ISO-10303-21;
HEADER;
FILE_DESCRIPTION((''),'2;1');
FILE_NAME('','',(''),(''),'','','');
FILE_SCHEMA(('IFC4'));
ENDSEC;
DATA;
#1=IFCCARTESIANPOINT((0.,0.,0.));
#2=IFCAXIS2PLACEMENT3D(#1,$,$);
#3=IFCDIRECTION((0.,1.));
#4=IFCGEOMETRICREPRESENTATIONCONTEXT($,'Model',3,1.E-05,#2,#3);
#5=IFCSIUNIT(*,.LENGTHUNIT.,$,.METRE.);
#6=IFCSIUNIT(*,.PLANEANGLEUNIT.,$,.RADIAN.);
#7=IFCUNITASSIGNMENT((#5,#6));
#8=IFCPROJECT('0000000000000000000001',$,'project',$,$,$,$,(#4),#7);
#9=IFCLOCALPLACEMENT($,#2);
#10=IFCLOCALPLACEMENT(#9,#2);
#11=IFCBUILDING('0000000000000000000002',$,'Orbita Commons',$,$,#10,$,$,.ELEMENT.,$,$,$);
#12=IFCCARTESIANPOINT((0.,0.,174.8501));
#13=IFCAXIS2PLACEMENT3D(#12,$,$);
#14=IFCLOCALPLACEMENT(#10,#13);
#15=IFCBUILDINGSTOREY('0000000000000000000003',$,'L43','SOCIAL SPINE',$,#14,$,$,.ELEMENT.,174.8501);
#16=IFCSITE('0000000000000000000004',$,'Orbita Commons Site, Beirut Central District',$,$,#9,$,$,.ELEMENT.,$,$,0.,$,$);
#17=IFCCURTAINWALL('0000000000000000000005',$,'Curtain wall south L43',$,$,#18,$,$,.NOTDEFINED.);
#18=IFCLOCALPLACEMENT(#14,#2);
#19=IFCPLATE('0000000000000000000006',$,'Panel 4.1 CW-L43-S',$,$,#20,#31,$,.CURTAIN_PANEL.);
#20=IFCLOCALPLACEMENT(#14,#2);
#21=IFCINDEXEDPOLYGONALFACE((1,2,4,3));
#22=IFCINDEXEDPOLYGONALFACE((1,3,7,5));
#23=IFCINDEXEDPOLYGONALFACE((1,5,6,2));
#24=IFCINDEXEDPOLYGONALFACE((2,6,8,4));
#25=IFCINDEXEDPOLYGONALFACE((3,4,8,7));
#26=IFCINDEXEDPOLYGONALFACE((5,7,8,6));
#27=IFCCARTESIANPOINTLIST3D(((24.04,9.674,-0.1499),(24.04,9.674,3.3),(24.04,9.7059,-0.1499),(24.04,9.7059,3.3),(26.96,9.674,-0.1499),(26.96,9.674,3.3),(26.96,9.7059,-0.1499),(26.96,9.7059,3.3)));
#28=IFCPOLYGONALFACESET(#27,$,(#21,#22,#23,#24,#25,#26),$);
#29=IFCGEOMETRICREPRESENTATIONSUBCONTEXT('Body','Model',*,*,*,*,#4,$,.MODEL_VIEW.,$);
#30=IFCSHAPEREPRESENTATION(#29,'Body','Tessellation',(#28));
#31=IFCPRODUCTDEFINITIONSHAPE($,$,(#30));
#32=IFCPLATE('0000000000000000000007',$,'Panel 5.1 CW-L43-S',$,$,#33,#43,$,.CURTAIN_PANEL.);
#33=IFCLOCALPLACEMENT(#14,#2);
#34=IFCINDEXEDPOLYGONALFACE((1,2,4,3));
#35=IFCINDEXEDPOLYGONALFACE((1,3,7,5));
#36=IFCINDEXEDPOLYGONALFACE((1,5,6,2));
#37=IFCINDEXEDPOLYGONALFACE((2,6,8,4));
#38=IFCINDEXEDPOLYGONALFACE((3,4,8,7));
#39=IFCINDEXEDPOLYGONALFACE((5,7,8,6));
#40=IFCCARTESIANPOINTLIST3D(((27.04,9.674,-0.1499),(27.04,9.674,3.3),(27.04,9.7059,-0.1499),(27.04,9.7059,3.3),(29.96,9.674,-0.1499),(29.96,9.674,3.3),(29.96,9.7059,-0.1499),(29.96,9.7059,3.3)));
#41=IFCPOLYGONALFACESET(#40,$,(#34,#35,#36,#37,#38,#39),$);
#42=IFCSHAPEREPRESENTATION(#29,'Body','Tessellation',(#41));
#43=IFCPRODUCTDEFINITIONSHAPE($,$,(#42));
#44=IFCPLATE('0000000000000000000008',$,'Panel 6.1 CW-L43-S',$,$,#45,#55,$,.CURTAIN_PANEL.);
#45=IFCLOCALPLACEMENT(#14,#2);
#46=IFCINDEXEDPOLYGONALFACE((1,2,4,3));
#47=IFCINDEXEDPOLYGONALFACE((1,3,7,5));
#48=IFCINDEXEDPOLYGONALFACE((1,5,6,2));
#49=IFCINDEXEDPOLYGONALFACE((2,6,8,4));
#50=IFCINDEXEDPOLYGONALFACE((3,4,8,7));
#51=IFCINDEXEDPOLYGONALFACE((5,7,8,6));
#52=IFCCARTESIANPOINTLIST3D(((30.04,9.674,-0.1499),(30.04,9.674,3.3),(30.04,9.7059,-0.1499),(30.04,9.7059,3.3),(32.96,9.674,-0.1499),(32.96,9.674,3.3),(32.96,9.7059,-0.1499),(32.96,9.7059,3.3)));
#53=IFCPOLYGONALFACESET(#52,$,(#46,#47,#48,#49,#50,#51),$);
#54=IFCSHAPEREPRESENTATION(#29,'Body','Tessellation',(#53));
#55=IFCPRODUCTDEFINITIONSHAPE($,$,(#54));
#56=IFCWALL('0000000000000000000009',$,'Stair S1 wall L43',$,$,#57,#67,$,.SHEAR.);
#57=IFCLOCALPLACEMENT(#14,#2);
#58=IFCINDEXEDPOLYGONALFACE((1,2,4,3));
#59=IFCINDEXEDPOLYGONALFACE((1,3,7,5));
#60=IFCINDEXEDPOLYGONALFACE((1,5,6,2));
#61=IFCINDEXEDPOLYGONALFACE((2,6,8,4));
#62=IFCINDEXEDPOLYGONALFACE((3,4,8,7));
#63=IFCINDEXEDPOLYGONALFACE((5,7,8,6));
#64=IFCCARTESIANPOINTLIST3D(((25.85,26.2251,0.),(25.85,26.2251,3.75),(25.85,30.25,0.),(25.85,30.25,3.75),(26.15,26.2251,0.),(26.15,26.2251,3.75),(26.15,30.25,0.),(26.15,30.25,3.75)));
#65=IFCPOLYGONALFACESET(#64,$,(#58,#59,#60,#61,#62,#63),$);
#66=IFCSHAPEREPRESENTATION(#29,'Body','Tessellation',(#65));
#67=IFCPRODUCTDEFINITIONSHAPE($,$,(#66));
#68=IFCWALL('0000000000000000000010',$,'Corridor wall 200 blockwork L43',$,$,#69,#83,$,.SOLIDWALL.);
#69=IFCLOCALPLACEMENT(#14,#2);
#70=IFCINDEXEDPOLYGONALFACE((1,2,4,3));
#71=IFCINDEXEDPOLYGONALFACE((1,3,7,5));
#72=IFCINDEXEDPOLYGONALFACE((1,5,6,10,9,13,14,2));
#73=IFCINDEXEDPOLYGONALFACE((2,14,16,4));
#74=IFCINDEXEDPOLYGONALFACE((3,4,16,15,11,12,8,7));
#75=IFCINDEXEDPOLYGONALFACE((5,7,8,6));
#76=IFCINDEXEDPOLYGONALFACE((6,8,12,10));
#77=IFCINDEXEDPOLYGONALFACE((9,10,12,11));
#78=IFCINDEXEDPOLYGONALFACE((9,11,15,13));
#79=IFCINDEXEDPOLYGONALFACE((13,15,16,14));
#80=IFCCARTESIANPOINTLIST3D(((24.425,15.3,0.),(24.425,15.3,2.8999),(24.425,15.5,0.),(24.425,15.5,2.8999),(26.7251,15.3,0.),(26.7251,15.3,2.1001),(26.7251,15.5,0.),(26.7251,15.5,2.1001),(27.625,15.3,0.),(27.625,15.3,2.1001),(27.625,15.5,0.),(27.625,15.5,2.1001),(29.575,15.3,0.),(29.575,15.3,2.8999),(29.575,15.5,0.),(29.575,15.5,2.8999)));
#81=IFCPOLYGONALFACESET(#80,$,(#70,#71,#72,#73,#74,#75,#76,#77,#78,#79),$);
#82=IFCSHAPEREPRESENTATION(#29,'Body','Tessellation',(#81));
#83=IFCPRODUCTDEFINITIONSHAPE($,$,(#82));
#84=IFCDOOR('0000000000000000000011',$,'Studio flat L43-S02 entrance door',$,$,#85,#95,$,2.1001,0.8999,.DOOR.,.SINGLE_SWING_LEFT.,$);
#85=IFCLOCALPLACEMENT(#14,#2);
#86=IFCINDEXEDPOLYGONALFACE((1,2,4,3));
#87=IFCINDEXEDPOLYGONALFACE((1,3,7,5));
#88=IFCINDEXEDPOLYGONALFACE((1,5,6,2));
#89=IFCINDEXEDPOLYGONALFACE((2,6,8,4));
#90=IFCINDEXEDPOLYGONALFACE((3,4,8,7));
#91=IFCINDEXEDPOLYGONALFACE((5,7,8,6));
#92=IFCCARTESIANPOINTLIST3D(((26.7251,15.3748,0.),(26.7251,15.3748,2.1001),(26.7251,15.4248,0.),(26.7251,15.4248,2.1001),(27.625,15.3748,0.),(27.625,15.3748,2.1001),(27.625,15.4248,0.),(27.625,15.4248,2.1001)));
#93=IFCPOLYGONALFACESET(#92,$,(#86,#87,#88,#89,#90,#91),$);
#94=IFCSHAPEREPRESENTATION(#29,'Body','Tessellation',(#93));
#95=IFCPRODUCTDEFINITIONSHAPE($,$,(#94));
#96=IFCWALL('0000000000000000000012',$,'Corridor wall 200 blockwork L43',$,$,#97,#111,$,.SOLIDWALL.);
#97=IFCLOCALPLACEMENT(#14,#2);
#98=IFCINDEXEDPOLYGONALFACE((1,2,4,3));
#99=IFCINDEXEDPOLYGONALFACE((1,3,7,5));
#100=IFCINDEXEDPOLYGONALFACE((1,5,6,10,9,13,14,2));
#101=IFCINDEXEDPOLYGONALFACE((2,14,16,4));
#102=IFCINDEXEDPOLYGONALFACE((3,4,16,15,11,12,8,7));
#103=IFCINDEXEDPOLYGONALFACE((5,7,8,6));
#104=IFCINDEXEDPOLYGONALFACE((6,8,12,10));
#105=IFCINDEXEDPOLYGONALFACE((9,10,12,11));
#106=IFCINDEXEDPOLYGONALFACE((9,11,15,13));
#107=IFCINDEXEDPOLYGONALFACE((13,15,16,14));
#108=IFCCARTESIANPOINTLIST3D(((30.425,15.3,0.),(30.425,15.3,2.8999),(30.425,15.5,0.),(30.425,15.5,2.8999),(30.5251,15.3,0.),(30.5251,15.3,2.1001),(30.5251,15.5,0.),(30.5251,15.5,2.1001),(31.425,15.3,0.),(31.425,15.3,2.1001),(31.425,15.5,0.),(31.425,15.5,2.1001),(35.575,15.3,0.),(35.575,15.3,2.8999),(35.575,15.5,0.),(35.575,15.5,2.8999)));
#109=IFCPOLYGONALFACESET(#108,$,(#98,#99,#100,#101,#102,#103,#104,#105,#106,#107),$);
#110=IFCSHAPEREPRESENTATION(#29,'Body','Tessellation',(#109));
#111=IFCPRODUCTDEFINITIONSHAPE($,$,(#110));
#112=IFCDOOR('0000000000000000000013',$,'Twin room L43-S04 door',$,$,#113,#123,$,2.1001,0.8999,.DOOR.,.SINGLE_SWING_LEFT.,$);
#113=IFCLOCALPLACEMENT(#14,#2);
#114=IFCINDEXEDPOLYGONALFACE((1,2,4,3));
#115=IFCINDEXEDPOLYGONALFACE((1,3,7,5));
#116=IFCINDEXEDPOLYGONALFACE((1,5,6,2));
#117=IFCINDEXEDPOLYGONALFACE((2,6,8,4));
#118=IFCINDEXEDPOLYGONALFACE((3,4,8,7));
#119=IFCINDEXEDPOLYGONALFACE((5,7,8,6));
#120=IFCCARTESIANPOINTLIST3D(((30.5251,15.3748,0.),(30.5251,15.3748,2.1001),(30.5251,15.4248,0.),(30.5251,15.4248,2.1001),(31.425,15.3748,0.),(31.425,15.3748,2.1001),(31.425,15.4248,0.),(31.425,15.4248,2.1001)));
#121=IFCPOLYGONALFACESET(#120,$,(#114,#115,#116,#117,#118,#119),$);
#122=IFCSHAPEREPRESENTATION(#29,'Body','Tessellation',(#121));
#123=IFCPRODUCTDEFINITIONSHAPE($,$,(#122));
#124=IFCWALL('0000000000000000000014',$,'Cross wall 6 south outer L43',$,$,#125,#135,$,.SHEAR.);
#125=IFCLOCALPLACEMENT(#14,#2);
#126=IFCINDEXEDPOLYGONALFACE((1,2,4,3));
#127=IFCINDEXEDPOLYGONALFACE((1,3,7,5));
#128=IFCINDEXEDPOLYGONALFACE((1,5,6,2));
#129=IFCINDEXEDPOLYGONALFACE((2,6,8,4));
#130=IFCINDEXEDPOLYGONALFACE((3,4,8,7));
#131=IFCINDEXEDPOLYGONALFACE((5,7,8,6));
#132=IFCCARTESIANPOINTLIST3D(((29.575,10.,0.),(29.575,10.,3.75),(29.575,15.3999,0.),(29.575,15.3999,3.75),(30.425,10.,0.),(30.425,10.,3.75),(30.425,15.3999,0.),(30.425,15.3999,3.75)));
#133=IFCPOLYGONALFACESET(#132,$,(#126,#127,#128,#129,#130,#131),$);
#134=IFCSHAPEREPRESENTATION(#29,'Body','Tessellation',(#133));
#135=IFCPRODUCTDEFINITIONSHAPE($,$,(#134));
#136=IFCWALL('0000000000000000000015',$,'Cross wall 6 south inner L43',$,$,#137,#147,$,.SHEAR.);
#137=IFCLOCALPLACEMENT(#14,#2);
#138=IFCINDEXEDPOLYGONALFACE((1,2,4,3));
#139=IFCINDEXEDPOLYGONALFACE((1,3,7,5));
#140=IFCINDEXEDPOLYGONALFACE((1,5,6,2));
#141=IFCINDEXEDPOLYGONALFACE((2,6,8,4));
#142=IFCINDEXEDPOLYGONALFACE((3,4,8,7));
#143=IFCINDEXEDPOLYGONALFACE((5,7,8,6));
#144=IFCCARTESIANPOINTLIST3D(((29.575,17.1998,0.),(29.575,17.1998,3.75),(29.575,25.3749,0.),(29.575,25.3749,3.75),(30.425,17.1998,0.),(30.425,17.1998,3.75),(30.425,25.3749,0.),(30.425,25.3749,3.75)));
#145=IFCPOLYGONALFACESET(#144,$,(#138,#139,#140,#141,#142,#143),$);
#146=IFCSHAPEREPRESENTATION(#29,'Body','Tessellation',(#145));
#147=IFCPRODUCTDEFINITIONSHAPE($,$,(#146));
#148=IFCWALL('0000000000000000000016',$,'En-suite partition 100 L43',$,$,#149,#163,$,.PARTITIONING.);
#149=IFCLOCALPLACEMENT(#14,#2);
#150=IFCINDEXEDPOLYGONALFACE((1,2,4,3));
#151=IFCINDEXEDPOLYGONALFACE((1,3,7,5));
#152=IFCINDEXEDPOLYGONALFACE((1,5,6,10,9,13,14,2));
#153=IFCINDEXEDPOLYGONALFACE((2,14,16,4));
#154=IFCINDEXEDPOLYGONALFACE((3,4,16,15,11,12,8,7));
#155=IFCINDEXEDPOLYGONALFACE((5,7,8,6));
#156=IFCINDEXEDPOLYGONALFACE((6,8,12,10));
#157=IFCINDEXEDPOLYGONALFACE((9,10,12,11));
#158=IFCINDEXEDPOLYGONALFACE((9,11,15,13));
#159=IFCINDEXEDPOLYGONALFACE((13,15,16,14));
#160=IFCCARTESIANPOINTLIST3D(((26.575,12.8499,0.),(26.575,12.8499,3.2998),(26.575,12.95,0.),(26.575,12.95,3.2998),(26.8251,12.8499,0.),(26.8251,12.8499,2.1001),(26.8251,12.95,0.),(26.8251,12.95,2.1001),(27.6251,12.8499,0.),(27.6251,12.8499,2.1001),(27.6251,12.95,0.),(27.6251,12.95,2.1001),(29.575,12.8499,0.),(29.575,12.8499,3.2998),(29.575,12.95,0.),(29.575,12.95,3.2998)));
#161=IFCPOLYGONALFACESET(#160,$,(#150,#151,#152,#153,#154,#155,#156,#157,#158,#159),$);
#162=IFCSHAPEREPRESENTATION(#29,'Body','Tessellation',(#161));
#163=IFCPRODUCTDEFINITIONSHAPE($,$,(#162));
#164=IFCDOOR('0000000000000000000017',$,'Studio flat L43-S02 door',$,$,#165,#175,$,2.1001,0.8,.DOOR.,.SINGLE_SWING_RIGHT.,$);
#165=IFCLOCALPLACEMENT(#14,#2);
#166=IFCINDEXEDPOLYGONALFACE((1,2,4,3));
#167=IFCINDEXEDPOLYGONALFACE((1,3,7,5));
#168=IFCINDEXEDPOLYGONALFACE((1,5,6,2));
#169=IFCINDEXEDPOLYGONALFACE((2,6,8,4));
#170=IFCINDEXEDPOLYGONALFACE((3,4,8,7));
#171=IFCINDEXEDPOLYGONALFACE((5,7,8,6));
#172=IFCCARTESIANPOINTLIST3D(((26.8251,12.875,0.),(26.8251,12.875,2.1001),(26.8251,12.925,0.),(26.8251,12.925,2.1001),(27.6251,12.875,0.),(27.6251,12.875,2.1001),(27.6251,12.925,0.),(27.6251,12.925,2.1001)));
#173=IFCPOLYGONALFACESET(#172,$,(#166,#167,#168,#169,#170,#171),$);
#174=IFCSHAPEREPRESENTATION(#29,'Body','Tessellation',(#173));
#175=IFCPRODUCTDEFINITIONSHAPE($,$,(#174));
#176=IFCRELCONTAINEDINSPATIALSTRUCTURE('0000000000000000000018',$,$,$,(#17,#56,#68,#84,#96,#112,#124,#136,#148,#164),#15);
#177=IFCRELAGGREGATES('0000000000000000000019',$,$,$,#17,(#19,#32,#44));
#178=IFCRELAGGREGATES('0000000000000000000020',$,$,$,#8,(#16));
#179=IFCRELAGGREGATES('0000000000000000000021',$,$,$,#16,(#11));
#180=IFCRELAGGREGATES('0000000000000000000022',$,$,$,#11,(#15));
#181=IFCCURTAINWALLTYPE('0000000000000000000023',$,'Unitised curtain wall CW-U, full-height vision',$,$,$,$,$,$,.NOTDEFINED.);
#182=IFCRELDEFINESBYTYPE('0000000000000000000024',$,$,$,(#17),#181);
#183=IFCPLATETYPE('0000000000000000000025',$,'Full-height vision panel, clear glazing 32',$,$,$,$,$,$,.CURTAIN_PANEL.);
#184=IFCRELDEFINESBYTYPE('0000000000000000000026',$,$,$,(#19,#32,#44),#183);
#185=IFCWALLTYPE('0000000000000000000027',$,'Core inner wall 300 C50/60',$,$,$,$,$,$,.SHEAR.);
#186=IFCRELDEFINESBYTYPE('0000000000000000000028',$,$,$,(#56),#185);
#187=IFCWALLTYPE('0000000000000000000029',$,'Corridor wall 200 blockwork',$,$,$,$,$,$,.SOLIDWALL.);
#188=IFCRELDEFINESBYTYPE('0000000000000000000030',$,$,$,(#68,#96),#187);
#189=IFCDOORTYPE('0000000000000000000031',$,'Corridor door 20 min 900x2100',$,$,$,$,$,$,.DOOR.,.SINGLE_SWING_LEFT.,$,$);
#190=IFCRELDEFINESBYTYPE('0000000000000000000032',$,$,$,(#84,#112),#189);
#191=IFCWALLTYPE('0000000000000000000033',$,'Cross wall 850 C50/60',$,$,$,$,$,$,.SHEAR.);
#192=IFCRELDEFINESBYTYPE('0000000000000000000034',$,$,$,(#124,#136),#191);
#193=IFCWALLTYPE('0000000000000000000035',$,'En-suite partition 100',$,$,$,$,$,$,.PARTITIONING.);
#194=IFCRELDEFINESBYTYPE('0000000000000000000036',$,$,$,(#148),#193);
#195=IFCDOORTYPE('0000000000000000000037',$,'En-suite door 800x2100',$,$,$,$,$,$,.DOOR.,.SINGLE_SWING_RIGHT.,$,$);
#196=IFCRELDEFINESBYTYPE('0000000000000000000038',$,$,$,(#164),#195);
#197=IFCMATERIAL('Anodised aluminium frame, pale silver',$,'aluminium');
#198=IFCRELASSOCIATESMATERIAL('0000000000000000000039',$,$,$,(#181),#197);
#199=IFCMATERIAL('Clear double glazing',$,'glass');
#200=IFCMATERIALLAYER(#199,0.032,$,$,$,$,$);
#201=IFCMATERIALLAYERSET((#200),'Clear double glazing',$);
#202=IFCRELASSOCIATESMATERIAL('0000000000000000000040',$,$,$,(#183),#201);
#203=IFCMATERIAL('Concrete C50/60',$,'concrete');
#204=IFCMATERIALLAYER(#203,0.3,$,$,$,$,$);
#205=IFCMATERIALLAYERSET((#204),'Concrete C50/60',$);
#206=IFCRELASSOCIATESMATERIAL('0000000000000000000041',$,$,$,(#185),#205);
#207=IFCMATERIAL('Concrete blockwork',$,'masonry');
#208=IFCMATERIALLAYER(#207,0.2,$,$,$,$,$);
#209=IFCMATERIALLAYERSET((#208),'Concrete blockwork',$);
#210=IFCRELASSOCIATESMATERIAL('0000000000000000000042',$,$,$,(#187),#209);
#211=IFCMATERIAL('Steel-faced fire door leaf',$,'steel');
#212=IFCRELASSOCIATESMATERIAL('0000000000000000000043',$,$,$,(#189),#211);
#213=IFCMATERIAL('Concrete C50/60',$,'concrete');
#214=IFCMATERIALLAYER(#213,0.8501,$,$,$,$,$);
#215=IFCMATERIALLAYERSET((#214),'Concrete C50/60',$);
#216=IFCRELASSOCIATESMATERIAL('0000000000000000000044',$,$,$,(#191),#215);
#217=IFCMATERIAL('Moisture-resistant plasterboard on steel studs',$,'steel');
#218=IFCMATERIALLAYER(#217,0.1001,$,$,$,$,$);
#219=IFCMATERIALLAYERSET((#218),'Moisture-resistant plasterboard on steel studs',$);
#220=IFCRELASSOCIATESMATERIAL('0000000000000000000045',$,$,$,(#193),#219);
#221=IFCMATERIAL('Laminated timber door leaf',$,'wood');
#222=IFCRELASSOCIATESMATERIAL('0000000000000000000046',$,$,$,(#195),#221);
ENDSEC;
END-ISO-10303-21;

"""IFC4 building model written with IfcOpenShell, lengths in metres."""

from ifc_helpers import new_model, si_unit, direction, frame, frame_2d, origin, origin_2d, place, context, subcontext, project, spatial, polyline, rectangle, outline, extrude, material, layer, layer_set, type_object, element, fill, aggregate, save


model = new_model("IFC4")

# Units and contexts
model_context = context("Model", 3, precision=1e-05, world=origin(), true_north=direction((0.0, 1.0)))
body_context = subcontext(model_context, "Body", "Model", "MODEL_VIEW")
ifc_project = project(units=[si_unit("LENGTHUNIT", "METRE"), si_unit("PLANEANGLEUNIT", "RADIAN")], contexts=[model_context])

# Site, building, storey
site_placement = place(None, origin())
site = spatial("IfcSite", under=ifc_project, at=site_placement, Name="Orbita Commons Site, Beirut Central District", CompositionType="ELEMENT", RefElevation=0.0)
building_placement = place(site_placement, origin())
building = spatial("IfcBuilding", under=site, at=building_placement, Name="Orbita Commons", CompositionType="ELEMENT")
storey_placement = place(building_placement, frame((0.0, 0.0, 174.8501)))
storey = spatial("IfcBuildingStorey", under=building, at=storey_placement, Name="L43", Description="SOCIAL SPINE", CompositionType="ELEMENT", Elevation=174.8501)

# Curtain wall
ifc_material_1 = material(Name="Anodised aluminium frame, pale silver", Category="aluminium")
curtain_wall_type = type_object("IfcCurtainWallType", Name="Unitised curtain wall CW-U, full-height vision", PredefinedType="NOTDEFINED", material=ifc_material_1)
curtain_wall_placement = place(storey_placement, origin())
curtain_wall = element("IfcCurtainWall", 1, at=curtain_wall_placement, inside=storey, type_object=curtain_wall_type, Name="Curtain wall south L43", PredefinedType="NOTDEFINED")

# Plates
ifc_material_2 = material(Name="Clear double glazing", Category="glass")
ifc_layer_1 = layer(ifc_material_2, 0.032)
ifc_layer_set_1 = layer_set([ifc_layer_1], Name="Clear double glazing")
plate_type = type_object("IfcPlateType", Name="Full-height vision panel, clear glazing 32", PredefinedType="CURTAIN_PANEL", material=ifc_layer_set_1)
plate_1_placement = place(storey_placement, frame((25.5, 9.6899, -0.1499), z_axis=(0.0, 0.0, 1.0), x_axis=(1.0, 0.0, 0.0)))
plate_1 = element("IfcPlate", 2, at=plate_1_placement, type_object=plate_type, Name="Panel 4.1 CW-L43-S", PredefinedType="CURTAIN_PANEL", context=body_context, shape_type="SweptSolid", body=[
    extrude(rectangle(XDim=2.9199, YDim=0.032, at=origin_2d()), origin(), (0.0, 0.0, 1.0), 3.45),
])
plate_2_placement = place(storey_placement, frame((28.5, 9.6899, -0.1499), z_axis=(0.0, 0.0, 1.0), x_axis=(1.0, 0.0, 0.0)))
plate_2 = element("IfcPlate", 3, at=plate_2_placement, type_object=plate_type, Name="Panel 5.1 CW-L43-S", PredefinedType="CURTAIN_PANEL", context=body_context, shape_type="SweptSolid", body=[
    extrude(rectangle(XDim=2.9199, YDim=0.032, at=origin_2d()), origin(), (0.0, 0.0, 1.0), 3.45),
])
plate_3_placement = place(storey_placement, frame((31.5, 9.6899, -0.1499), z_axis=(0.0, 0.0, 1.0), x_axis=(1.0, 0.0, 0.0)))
plate_3 = element("IfcPlate", 4, at=plate_3_placement, type_object=plate_type, Name="Panel 6.1 CW-L43-S", PredefinedType="CURTAIN_PANEL", context=body_context, shape_type="SweptSolid", body=[
    extrude(rectangle(XDim=2.9199, YDim=0.032, at=origin_2d()), origin(), (0.0, 0.0, 1.0), 3.45),
])
aggregate(curtain_wall, [plate_1, plate_2, plate_3])

# Wall
ifc_material_3 = material(Name="Concrete C50/60", Category="concrete")
ifc_layer_2 = layer(ifc_material_3, 0.3)
ifc_layer_set_2 = layer_set([ifc_layer_2], Name="Concrete C50/60")
wall_type_1 = type_object("IfcWallType", Name="Core inner wall 300 C50/60", PredefinedType="SHEAR", material=ifc_layer_set_2)
wall_1_placement = place(storey_placement, frame((26.0, 26.2251, 0.0), z_axis=(0.0, 0.0, 1.0), x_axis=(0.0, 1.0, 0.0)))
element("IfcWall", 5, at=wall_1_placement, inside=storey, type_object=wall_type_1, Name="Stair S1 wall L43", PredefinedType="SHEAR", context=body_context, shape_type="SweptSolid", body=[
    extrude(rectangle(XDim=4.0249, YDim=0.3, at=frame_2d((2.0125, 0.0))), origin(), (0.0, 0.0, 1.0), 3.75),
])

# Walls, openings, doors
ifc_material_4 = material(Name="Concrete blockwork", Category="masonry")
ifc_layer_3 = layer(ifc_material_4, 0.2)
ifc_layer_set_3 = layer_set([ifc_layer_3], Name="Concrete blockwork")
wall_type_2 = type_object("IfcWallType", Name="Corridor wall 200 blockwork", PredefinedType="SOLIDWALL", material=ifc_layer_set_3)
wall_2_placement = place(storey_placement, frame((24.425, 15.3999, 0.0), z_axis=(0.0, 0.0, 1.0), x_axis=(1.0, 0.0, 0.0)))
wall_2 = element("IfcWall", 6, at=wall_2_placement, inside=storey, type_object=wall_type_2, Name="Corridor wall 200 blockwork L43", PredefinedType="SOLIDWALL", context=body_context, shape_type="SweptSolid", body=[
    extrude(outline(polyline([(0.0, 0.0), (5.1499, 0.0), (5.1499, 2.8999), (0.0, 2.8999), (0.0, 0.0)])), frame((0.0, 0.1001, 0.0), z_axis=(0.0, -1.0, 0.0), x_axis=(1.0, 0.0, 0.0)), (0.0, 0.0, 1.0), 0.2),
])
opening_1_placement = place(wall_2_placement, frame((2.3, 0.0, 0.0)))
opening_1 = element("IfcOpeningElement", 7, at=opening_1_placement, cuts=wall_2, PredefinedType="OPENING", context=body_context, shape_type="SweptSolid", body=[
    extrude(rectangle(XDim=0.8999, YDim=2.1001, at=frame_2d((0.45, 1.05))), frame((0.0, 0.1099, 0.0), z_axis=(0.0, -1.0, 0.0), x_axis=(1.0, 0.0, 0.0)), (0.0, 0.0, 1.0), 0.22),
])
ifc_material_5 = material(Name="Steel-faced fire door leaf", Category="steel")
door_type_1 = type_object("IfcDoorType", Name="Corridor door 20 min 900x2100", OperationType="SINGLE_SWING_LEFT", PredefinedType="DOOR", material=ifc_material_5)
door_1_placement = place(opening_1_placement, origin())
door_1 = element("IfcDoor", 8, at=door_1_placement, inside=storey, type_object=door_type_1, Name="Studio flat L43-S02 entrance door", OperationType="SINGLE_SWING_LEFT", OverallHeight=2.1001, OverallWidth=0.8999, PredefinedType="DOOR", context=body_context, shape_type="SweptSolid", body=[
    extrude(rectangle(XDim=0.8999, YDim=2.1001, at=frame_2d((0.45, 1.05))), frame((0.0, 0.0249, 0.0), z_axis=(0.0, -1.0, 0.0), x_axis=(1.0, 0.0, 0.0)), (0.0, 0.0, 1.0), 0.05),
])
fill(opening_1, door_1)
wall_3_placement = place(storey_placement, frame((30.425, 15.3999, 0.0), z_axis=(0.0, 0.0, 1.0), x_axis=(1.0, 0.0, 0.0)))
wall_3 = element("IfcWall", 9, at=wall_3_placement, inside=storey, type_object=wall_type_2, Name="Corridor wall 200 blockwork L43", PredefinedType="SOLIDWALL", context=body_context, shape_type="SweptSolid", body=[
    extrude(outline(polyline([(0.0, 0.0), (5.1499, 0.0), (5.1499, 2.8999), (0.0, 2.8999), (0.0, 0.0)])), frame((0.0, 0.1001, 0.0), z_axis=(0.0, -1.0, 0.0), x_axis=(1.0, 0.0, 0.0)), (0.0, 0.0, 1.0), 0.2),
])
opening_2_placement = place(wall_3_placement, frame((0.1001, 0.0, 0.0)))
opening_2 = element("IfcOpeningElement", 10, at=opening_2_placement, cuts=wall_3, PredefinedType="OPENING", context=body_context, shape_type="SweptSolid", body=[
    extrude(rectangle(XDim=0.8999, YDim=2.1001, at=frame_2d((0.45, 1.05))), frame((0.0, 0.1099, 0.0), z_axis=(0.0, -1.0, 0.0), x_axis=(1.0, 0.0, 0.0)), (0.0, 0.0, 1.0), 0.22),
])
door_2_placement = place(opening_2_placement, origin())
door_2 = element("IfcDoor", 11, at=door_2_placement, inside=storey, type_object=door_type_1, Name="Twin room L43-S04 door", OperationType="SINGLE_SWING_LEFT", OverallHeight=2.1001, OverallWidth=0.8999, PredefinedType="DOOR", context=body_context, shape_type="SweptSolid", body=[
    extrude(rectangle(XDim=0.8999, YDim=2.1001, at=frame_2d((0.45, 1.05))), frame((0.0, 0.0249, 0.0), z_axis=(0.0, -1.0, 0.0), x_axis=(1.0, 0.0, 0.0)), (0.0, 0.0, 1.0), 0.05),
])
fill(opening_2, door_2)

# Walls
ifc_material_6 = material(Name="Concrete C50/60", Category="concrete")
ifc_layer_4 = layer(ifc_material_6, 0.8501)
ifc_layer_set_4 = layer_set([ifc_layer_4], Name="Concrete C50/60")
wall_type_3 = type_object("IfcWallType", Name="Cross wall 850 C50/60", PredefinedType="SHEAR", material=ifc_layer_set_4)
wall_4_placement = place(storey_placement, frame((30.0, 10.0, 0.0), z_axis=(0.0, 0.0, 1.0), x_axis=(0.0, 1.0, 0.0)))
element("IfcWall", 12, at=wall_4_placement, inside=storey, type_object=wall_type_3, Name="Cross wall 6 south outer L43", PredefinedType="SHEAR", context=body_context, shape_type="SweptSolid", body=[
    extrude(rectangle(XDim=5.3999, YDim=0.8501, at=frame_2d((2.7, 0.0))), origin(), (0.0, 0.0, 1.0), 3.75),
])
wall_5_placement = place(storey_placement, frame((30.0, 17.2, 0.0), z_axis=(0.0, 0.0, 1.0), x_axis=(0.0, 1.0, 0.0)))
element("IfcWall", 13, at=wall_5_placement, inside=storey, type_object=wall_type_3, Name="Cross wall 6 south inner L43", PredefinedType="SHEAR", context=body_context, shape_type="SweptSolid", body=[
    extrude(rectangle(XDim=8.175, YDim=0.8501, at=frame_2d((4.0874, 0.0))), origin(), (0.0, 0.0, 1.0), 3.75),
])

# Wall, opening, door
ifc_material_7 = material(Name="Moisture-resistant plasterboard on steel studs", Category="steel")
ifc_layer_5 = layer(ifc_material_7, 0.1001)
ifc_layer_set_5 = layer_set([ifc_layer_5], Name="Moisture-resistant plasterboard on steel studs")
wall_type_4 = type_object("IfcWallType", Name="En-suite partition 100", PredefinedType="PARTITIONING", material=ifc_layer_set_5)
wall_6_placement = place(storey_placement, frame((29.575, 12.8999, 0.0), z_axis=(0.0, 0.0, 1.0), x_axis=(-1.0, 0.0, 0.0)))
wall_6 = element("IfcWall", 14, at=wall_6_placement, inside=storey, type_object=wall_type_4, Name="En-suite partition 100 L43", PredefinedType="PARTITIONING", context=body_context, shape_type="SweptSolid", body=[
    extrude(rectangle(XDim=3.0, YDim=0.1001, at=frame_2d((1.5, 0.0))), origin(), (0.0, 0.0, 1.0), 3.2998),
])
opening_3_placement = place(wall_6_placement, frame((1.95, 0.0, 0.0)))
opening_3 = element("IfcOpeningElement", 15, at=opening_3_placement, cuts=wall_6, PredefinedType="OPENING", context=body_context, shape_type="SweptSolid", body=[
    extrude(rectangle(XDim=0.8, YDim=2.1001, at=frame_2d((0.3999, 1.05))), frame((0.0, 0.0601, 0.0), z_axis=(0.0, -1.0, 0.0), x_axis=(1.0, 0.0, 0.0)), (0.0, 0.0, 1.0), 0.1201),
])
ifc_material_8 = material(Name="Laminated timber door leaf", Category="wood")
door_type_2 = type_object("IfcDoorType", Name="En-suite door 800x2100", OperationType="SINGLE_SWING_RIGHT", PredefinedType="DOOR", material=ifc_material_8)
door_3_placement = place(opening_3_placement, origin())
door_3 = element("IfcDoor", 16, at=door_3_placement, inside=storey, type_object=door_type_2, Name="Studio flat L43-S02 door", OperationType="SINGLE_SWING_RIGHT", OverallHeight=2.1001, OverallWidth=0.8, PredefinedType="DOOR", context=body_context, shape_type="SweptSolid", body=[
    extrude(rectangle(XDim=0.8, YDim=2.1001, at=frame_2d((0.3999, 1.05))), frame((0.0, 0.0249, 0.0), z_axis=(0.0, -1.0, 0.0), x_axis=(1.0, 0.0, 0.0)), (0.0, 0.0, 1.0), 0.05),
])
fill(opening_3, door_3)

save(model, "model.ifc")
